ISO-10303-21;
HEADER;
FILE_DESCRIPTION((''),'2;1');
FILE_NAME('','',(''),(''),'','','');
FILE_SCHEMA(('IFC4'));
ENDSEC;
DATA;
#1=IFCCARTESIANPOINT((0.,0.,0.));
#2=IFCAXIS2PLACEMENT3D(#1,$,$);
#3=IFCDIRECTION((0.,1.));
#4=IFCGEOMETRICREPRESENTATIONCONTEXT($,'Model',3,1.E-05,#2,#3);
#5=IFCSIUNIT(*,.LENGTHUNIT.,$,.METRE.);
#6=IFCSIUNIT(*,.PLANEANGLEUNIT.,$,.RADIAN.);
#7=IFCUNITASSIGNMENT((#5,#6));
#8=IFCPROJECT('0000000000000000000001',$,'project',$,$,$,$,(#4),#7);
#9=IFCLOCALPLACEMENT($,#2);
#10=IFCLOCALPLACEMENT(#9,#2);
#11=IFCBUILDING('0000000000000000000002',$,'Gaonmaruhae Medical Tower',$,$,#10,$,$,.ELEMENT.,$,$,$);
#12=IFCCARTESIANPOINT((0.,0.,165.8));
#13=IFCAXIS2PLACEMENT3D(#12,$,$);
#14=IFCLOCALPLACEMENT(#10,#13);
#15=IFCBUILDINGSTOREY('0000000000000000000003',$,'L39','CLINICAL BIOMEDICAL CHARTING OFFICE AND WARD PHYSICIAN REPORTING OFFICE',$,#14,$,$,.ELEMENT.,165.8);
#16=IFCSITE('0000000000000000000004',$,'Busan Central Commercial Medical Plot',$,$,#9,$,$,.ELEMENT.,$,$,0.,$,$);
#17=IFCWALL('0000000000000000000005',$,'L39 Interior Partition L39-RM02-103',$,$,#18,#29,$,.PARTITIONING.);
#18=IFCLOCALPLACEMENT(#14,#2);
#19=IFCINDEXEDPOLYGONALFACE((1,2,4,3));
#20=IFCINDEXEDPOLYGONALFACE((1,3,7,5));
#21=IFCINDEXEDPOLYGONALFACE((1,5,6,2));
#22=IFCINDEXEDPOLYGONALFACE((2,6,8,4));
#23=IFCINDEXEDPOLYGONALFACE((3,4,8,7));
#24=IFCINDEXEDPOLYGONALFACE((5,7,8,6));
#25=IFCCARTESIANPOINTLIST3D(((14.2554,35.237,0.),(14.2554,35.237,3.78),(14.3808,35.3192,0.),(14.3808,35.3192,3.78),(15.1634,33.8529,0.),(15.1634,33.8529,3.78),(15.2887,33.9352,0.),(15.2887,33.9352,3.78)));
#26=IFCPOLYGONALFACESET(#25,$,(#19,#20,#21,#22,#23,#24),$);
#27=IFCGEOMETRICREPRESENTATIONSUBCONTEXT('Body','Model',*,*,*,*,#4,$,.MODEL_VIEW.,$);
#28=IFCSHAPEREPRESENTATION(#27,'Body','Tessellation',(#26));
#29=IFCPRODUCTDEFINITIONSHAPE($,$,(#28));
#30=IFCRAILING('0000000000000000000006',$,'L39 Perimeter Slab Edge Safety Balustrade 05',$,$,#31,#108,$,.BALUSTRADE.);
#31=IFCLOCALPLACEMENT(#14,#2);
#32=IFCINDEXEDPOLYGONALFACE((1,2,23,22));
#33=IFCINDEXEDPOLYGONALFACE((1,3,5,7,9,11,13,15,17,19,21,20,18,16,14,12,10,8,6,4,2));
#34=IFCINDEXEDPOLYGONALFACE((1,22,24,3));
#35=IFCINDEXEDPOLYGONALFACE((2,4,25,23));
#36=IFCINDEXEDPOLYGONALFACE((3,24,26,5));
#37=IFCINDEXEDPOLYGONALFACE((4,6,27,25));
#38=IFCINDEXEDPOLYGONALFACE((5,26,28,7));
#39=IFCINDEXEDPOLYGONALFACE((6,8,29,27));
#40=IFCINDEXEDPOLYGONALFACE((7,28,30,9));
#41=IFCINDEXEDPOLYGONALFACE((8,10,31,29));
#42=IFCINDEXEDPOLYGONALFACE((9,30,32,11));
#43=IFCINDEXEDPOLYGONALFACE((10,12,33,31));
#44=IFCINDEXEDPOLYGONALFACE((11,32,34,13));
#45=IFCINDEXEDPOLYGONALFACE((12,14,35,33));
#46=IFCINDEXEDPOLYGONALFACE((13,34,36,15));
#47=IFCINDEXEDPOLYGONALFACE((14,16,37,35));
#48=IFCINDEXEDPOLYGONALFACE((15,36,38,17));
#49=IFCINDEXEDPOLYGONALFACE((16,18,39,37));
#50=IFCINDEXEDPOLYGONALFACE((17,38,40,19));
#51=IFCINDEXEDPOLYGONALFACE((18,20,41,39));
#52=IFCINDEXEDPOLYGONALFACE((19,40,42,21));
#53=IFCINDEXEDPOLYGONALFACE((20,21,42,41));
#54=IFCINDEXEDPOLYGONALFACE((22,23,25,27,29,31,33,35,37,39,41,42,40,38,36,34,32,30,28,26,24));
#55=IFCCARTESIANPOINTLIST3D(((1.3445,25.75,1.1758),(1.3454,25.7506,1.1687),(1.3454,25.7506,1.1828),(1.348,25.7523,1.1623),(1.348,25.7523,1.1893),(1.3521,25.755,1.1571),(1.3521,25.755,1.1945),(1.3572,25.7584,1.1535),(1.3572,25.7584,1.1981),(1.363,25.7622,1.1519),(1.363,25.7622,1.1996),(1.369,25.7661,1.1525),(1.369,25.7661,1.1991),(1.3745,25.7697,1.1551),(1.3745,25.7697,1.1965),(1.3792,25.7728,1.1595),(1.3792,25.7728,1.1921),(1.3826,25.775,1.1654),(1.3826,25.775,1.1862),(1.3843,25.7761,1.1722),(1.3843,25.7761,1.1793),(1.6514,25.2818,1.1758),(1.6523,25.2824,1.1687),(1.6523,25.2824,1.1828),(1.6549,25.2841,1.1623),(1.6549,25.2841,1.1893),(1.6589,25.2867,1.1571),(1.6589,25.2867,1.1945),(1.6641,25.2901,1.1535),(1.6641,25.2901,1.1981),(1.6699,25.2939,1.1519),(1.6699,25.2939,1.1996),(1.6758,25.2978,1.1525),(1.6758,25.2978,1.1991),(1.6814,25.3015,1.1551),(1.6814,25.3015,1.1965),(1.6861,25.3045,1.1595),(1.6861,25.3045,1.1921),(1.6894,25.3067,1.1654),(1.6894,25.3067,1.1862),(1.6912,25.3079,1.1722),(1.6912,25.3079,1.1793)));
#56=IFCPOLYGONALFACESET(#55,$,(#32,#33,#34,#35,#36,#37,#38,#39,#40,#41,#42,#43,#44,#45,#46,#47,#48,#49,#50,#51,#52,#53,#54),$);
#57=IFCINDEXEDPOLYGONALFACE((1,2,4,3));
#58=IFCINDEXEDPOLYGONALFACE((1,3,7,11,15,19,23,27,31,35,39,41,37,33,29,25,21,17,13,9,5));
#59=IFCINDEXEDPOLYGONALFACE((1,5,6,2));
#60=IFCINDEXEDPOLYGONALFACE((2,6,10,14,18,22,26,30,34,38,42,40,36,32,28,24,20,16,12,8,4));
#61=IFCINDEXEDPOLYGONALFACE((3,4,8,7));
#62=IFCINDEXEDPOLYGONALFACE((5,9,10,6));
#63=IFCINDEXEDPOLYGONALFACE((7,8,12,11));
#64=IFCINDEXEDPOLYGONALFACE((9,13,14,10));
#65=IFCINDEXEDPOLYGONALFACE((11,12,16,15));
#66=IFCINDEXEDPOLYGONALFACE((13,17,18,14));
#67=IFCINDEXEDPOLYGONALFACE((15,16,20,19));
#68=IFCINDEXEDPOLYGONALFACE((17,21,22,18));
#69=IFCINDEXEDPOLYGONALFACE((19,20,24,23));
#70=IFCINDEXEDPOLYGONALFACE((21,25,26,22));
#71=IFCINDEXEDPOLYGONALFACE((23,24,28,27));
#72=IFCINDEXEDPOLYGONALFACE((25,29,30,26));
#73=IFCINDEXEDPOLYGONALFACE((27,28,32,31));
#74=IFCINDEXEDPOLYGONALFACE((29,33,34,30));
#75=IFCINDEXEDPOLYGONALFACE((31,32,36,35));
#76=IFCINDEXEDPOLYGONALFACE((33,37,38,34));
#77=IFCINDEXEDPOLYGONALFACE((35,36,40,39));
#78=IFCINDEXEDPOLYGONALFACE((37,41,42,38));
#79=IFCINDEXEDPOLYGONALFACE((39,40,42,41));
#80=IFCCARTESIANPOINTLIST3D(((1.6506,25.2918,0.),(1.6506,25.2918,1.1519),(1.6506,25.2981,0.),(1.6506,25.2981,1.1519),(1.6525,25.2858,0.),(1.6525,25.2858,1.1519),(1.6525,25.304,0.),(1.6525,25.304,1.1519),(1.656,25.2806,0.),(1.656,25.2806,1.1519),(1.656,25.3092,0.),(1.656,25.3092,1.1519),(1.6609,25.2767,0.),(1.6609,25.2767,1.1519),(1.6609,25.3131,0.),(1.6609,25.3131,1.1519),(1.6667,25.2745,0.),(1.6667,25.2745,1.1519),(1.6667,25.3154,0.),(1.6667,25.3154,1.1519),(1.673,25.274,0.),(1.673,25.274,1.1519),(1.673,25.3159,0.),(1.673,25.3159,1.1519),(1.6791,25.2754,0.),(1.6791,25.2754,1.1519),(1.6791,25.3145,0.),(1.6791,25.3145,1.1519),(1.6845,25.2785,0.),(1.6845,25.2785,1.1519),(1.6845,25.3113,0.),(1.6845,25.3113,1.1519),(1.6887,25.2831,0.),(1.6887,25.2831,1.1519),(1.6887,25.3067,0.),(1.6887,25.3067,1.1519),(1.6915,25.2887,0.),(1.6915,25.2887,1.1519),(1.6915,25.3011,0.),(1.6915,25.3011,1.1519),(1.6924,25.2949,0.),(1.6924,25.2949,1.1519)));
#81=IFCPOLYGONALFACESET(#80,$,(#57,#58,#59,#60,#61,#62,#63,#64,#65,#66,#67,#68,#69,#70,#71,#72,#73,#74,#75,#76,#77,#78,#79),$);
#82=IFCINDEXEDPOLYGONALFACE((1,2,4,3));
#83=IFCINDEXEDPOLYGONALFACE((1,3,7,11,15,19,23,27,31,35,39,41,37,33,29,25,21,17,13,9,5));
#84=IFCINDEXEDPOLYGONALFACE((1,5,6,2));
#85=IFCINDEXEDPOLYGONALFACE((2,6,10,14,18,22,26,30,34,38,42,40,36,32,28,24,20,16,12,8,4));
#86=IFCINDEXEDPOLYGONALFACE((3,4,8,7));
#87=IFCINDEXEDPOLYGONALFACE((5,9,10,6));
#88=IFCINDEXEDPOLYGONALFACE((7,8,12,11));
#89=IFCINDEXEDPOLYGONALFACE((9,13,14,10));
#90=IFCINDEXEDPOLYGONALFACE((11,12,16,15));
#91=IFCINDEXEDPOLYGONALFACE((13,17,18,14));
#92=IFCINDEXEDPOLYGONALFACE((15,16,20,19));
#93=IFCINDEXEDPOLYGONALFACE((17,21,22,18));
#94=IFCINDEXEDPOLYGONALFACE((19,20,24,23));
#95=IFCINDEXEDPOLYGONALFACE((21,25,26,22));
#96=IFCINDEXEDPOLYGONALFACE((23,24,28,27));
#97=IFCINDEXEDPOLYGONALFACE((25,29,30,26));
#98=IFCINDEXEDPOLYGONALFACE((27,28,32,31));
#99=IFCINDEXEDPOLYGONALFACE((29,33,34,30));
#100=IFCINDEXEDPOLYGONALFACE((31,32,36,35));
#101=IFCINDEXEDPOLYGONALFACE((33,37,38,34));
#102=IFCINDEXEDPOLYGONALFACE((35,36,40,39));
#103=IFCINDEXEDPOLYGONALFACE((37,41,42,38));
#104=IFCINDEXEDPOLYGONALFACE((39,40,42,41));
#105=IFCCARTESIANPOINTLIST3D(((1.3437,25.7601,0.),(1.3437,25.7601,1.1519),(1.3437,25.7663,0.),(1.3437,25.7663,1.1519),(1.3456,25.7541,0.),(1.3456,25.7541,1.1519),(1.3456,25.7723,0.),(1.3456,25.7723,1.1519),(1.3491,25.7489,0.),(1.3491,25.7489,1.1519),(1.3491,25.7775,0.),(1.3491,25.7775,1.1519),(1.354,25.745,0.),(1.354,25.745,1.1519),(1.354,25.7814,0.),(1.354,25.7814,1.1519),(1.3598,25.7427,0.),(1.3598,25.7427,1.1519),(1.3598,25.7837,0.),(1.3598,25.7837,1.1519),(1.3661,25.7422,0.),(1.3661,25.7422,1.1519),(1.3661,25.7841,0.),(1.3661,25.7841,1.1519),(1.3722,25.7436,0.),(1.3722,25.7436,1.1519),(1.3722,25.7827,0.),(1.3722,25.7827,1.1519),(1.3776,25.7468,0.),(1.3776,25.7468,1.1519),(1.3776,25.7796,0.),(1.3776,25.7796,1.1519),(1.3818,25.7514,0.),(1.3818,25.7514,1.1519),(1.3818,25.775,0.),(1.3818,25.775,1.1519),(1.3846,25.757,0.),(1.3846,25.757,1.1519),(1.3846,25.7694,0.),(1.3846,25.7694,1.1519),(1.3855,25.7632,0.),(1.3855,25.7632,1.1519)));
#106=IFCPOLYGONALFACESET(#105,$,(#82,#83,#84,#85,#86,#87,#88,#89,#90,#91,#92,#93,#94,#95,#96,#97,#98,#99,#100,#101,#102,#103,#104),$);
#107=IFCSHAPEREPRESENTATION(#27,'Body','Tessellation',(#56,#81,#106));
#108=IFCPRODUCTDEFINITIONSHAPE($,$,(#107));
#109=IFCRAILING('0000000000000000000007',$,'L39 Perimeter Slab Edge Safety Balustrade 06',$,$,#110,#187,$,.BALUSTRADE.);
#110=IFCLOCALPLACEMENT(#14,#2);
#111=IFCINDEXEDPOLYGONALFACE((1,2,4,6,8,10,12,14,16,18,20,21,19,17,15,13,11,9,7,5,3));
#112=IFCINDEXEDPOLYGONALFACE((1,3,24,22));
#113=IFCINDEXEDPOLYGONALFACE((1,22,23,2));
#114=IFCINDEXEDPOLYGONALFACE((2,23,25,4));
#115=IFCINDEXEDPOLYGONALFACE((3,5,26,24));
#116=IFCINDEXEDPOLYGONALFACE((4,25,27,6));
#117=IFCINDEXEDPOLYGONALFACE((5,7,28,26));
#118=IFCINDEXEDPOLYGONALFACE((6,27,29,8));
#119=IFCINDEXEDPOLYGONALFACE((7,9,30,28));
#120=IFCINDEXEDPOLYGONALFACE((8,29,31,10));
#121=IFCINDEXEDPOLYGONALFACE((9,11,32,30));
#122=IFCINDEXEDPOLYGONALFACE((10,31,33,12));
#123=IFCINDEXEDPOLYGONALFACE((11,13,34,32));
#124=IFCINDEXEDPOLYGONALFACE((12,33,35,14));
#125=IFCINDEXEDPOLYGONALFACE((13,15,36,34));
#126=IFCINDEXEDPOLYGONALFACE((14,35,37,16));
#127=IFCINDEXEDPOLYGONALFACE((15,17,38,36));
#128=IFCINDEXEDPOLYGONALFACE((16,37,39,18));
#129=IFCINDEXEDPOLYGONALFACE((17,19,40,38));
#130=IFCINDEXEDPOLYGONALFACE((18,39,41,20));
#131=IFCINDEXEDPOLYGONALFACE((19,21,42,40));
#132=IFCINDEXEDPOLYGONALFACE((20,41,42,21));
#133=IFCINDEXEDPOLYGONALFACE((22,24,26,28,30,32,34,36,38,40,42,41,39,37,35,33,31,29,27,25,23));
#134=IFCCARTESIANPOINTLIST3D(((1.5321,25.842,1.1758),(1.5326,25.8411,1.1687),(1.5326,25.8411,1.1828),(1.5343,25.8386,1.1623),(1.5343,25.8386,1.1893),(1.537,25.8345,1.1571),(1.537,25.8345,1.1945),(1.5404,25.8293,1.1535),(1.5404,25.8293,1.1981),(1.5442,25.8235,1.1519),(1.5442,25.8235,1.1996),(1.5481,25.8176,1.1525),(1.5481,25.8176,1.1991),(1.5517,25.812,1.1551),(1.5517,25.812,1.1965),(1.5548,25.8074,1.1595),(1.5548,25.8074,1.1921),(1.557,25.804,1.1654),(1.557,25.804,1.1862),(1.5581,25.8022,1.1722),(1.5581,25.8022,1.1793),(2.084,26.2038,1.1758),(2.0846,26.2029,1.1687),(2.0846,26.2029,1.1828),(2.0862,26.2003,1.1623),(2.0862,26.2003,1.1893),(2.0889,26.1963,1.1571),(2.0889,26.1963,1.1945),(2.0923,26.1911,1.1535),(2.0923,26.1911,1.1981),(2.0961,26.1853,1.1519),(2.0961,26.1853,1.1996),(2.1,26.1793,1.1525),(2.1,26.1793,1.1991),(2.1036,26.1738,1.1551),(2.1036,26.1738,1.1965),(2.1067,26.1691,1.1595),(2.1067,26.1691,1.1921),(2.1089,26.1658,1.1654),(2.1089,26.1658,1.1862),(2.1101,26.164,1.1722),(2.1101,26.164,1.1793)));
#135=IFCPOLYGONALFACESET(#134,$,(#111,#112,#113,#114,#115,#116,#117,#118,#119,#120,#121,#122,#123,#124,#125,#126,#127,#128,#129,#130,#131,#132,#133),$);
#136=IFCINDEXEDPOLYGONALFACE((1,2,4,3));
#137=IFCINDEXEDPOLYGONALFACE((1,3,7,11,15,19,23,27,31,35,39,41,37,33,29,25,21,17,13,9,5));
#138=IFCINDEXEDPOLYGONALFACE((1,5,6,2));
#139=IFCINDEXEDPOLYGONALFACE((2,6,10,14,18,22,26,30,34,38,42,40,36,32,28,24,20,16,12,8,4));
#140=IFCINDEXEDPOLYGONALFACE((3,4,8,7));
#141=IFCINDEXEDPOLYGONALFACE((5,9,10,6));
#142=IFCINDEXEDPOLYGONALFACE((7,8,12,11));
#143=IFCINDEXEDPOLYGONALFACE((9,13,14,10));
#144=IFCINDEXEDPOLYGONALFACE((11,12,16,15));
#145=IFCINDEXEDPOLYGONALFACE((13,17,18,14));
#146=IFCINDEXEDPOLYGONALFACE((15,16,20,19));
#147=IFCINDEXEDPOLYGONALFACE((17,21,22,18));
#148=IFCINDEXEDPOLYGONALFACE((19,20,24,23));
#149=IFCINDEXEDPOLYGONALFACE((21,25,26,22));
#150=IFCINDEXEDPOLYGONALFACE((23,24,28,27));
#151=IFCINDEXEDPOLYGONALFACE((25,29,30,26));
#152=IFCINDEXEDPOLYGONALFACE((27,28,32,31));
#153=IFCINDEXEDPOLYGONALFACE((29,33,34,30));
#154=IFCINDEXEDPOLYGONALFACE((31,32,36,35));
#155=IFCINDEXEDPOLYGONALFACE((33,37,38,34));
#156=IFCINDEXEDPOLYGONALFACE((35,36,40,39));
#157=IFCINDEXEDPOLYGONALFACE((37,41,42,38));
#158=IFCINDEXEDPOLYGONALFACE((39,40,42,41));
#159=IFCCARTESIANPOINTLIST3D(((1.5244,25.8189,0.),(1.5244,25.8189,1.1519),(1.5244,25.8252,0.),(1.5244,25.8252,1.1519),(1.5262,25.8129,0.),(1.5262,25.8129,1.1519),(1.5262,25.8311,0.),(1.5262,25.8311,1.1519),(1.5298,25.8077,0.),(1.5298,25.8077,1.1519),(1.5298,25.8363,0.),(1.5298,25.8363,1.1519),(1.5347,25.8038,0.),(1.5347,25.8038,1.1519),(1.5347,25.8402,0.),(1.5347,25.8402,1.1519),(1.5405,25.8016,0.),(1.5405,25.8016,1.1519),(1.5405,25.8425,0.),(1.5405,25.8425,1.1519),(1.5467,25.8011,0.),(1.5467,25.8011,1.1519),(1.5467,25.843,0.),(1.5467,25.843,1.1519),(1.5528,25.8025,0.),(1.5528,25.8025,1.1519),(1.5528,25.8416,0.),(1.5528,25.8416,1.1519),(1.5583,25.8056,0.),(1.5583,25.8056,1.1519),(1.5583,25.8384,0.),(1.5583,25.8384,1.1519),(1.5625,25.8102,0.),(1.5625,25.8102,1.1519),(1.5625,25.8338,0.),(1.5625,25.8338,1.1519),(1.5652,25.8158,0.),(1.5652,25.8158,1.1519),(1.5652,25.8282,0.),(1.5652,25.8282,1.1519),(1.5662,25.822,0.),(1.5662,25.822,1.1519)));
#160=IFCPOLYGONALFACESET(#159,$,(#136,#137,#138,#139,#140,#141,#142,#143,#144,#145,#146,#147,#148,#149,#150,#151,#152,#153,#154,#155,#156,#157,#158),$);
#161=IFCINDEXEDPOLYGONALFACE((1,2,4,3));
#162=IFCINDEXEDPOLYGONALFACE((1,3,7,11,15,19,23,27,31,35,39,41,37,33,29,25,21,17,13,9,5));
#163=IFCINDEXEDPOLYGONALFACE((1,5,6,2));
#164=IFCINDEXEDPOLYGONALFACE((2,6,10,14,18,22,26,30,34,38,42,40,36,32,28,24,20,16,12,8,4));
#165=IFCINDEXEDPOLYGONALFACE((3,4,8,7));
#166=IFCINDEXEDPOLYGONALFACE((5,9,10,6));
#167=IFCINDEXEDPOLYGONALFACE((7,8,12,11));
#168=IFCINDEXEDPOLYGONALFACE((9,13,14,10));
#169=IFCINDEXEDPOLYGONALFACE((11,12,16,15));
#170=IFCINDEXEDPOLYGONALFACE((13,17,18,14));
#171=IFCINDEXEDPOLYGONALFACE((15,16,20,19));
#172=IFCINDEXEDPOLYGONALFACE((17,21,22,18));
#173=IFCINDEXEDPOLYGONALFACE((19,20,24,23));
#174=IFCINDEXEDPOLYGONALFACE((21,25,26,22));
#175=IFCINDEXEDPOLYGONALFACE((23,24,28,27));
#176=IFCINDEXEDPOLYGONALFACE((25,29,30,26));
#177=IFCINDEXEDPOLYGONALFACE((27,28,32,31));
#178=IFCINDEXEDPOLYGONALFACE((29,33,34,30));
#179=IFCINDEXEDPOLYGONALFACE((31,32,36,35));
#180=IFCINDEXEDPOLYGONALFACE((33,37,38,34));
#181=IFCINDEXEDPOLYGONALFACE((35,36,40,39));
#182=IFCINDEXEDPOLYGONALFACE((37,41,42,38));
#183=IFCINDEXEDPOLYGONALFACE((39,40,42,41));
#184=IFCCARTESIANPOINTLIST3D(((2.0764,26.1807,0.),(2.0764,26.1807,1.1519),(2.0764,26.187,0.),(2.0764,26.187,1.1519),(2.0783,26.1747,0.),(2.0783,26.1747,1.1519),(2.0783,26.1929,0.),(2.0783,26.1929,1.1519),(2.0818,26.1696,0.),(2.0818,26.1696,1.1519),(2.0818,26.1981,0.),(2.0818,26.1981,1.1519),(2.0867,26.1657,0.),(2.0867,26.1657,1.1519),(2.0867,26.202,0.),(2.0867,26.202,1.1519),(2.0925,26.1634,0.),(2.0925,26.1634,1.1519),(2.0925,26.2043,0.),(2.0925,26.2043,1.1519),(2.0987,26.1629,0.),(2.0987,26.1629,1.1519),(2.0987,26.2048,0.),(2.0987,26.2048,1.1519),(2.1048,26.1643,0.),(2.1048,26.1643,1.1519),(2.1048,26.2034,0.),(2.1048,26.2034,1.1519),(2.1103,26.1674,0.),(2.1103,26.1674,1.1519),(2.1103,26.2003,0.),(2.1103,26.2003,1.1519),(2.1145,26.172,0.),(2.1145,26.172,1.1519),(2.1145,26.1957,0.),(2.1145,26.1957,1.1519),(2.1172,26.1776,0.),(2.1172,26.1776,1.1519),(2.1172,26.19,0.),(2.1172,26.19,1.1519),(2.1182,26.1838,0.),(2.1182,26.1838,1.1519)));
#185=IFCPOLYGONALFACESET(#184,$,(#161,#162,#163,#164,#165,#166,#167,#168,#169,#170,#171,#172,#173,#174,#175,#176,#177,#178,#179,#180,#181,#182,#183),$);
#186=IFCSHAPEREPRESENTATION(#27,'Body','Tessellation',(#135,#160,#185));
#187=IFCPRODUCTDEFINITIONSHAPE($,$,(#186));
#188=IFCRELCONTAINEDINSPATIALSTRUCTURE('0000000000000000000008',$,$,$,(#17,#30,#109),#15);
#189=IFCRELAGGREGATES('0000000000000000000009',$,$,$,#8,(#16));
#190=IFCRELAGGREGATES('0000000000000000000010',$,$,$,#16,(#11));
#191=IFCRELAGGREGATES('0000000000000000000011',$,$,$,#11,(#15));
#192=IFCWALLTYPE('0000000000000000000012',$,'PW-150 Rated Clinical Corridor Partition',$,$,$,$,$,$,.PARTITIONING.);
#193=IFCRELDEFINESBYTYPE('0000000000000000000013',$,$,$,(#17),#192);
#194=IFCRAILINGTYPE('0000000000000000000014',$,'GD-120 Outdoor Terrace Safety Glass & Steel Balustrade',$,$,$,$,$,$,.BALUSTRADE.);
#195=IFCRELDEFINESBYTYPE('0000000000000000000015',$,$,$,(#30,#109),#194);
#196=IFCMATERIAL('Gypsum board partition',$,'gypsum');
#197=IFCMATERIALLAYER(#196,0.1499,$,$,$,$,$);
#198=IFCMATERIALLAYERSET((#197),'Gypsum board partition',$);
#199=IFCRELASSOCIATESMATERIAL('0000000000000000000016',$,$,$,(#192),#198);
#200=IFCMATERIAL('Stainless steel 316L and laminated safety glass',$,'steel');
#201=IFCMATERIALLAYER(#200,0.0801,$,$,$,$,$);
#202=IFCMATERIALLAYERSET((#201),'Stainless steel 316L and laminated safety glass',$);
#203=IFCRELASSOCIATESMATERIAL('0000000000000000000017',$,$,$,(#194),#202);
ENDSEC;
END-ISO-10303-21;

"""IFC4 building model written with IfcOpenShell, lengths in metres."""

from ifc_helpers import new_model, si_unit, direction, frame, frame_2d, origin, origin_2d, place, context, subcontext, project, spatial, rectangle, circle, extrude, material, layer, layer_set, type_object, element, save


model = new_model("IFC4")

# Units and contexts
model_context = context("Model", 3, precision=1e-05, world=origin(), true_north=direction((0.0, 1.0)))
body_context = subcontext(model_context, "Body", "Model", "MODEL_VIEW")
ifc_project = project(units=[si_unit("LENGTHUNIT", "METRE"), si_unit("PLANEANGLEUNIT", "RADIAN")], contexts=[model_context])

# Site, building, storey
site_placement = place(None, origin())
site = spatial("IfcSite", under=ifc_project, at=site_placement, Name="Busan Central Commercial Medical Plot", CompositionType="ELEMENT", RefElevation=0.0)
building_placement = place(site_placement, origin())
building = spatial("IfcBuilding", under=site, at=building_placement, Name="Gaonmaruhae Medical Tower", CompositionType="ELEMENT")
storey_placement = place(building_placement, frame((0.0, 0.0, 165.8)))
storey = spatial("IfcBuildingStorey", under=building, at=storey_placement, Name="L39", Description="CLINICAL BIOMEDICAL CHARTING OFFICE AND WARD PHYSICIAN REPORTING OFFICE", CompositionType="ELEMENT", Elevation=165.8)

# Shared definitions
ifc_material_1 = material(Name="Gypsum board partition", Category="gypsum")
ifc_layer_1 = layer(ifc_material_1, 0.1499)
ifc_layer_set_1 = layer_set([ifc_layer_1], Name="Gypsum board partition")
wall_type_1 = type_object("IfcWallType", Name="PW-150 Rated Clinical Corridor Partition", PredefinedType="PARTITIONING", material=ifc_layer_set_1)

# Wall
wall_1_placement = place(storey_placement, frame((14.3181, 35.2781, 0.0), z_axis=(0.0, 0.0, 1.0), x_axis=(0.548524, -0.836135, 0.0)))
element("IfcWall", 1, at=wall_1_placement, inside=storey, type_object=wall_type_1, Name="L39 Interior Partition L39-RM02-103", PredefinedType="PARTITIONING", context=body_context, shape_type="SweptSolid", body=[
    extrude(rectangle(XDim=1.6553, YDim=0.1499, at=frame_2d((0.8276, 0.0))), origin(), (0.0, 0.0, 1.0), 3.78),
])

# Railings
ifc_material_2 = material(Name="Stainless steel 316L and laminated safety glass", Category="steel")
ifc_layer_2 = layer(ifc_material_2, 0.0801)
ifc_layer_set_2 = layer_set([ifc_layer_2], Name="Stainless steel 316L and laminated safety glass")
railing_type = type_object("IfcRailingType", Name="GD-120 Outdoor Terrace Safety Glass & Steel Balustrade", PredefinedType="BALUSTRADE", material=ifc_layer_set_2)
railing_1_placement = place(storey_placement, frame((1.6714, 25.2949, 0.0)))
element("IfcRailing", 2, at=railing_1_placement, inside=storey, type_object=railing_type, Name="L39 Perimeter Slab Edge Safety Balustrade 05", PredefinedType="BALUSTRADE", context=body_context, shape_type="SweptSolid", body=[
    extrude(circle(Radius=0.0239, at=origin_2d()), frame((0.0, 0.0, 1.1758), z_axis=(-0.548142, 0.836385, 0.0), x_axis=(-0.836385, -0.548142, 0.0)), (0.0, 0.0, 1.0), 0.5598),
    extrude(circle(Radius=0.021, at=origin_2d()), origin(), (0.0, 0.0, 1.0), 1.1519),
    extrude(circle(Radius=0.021, at=origin_2d()), frame((-0.3069, 0.4683, 0.0)), (0.0, 0.0, 1.0), 1.1519),
])
railing_2_placement = place(storey_placement, frame((1.5452, 25.822, 0.0)))
element("IfcRailing", 3, at=railing_2_placement, inside=storey, type_object=railing_type, Name="L39 Perimeter Slab Edge Safety Balustrade 06", PredefinedType="BALUSTRADE", context=body_context, shape_type="SweptSolid", body=[
    extrude(circle(Radius=0.0239, at=origin_2d()), frame((0.0, 0.0, 1.1758), z_axis=(0.83635, 0.548196, 0.0), x_axis=(-0.548196, 0.83635, 0.0)), (0.0, 0.0, 1.0), 0.6599),
    extrude(circle(Radius=0.021, at=origin_2d()), origin(), (0.0, 0.0, 1.0), 1.1519),
    extrude(circle(Radius=0.021, at=origin_2d()), frame((0.552, 0.3618, 0.0)), (0.0, 0.0, 1.0), 1.1519),
])

save(model, "model.ifc")
